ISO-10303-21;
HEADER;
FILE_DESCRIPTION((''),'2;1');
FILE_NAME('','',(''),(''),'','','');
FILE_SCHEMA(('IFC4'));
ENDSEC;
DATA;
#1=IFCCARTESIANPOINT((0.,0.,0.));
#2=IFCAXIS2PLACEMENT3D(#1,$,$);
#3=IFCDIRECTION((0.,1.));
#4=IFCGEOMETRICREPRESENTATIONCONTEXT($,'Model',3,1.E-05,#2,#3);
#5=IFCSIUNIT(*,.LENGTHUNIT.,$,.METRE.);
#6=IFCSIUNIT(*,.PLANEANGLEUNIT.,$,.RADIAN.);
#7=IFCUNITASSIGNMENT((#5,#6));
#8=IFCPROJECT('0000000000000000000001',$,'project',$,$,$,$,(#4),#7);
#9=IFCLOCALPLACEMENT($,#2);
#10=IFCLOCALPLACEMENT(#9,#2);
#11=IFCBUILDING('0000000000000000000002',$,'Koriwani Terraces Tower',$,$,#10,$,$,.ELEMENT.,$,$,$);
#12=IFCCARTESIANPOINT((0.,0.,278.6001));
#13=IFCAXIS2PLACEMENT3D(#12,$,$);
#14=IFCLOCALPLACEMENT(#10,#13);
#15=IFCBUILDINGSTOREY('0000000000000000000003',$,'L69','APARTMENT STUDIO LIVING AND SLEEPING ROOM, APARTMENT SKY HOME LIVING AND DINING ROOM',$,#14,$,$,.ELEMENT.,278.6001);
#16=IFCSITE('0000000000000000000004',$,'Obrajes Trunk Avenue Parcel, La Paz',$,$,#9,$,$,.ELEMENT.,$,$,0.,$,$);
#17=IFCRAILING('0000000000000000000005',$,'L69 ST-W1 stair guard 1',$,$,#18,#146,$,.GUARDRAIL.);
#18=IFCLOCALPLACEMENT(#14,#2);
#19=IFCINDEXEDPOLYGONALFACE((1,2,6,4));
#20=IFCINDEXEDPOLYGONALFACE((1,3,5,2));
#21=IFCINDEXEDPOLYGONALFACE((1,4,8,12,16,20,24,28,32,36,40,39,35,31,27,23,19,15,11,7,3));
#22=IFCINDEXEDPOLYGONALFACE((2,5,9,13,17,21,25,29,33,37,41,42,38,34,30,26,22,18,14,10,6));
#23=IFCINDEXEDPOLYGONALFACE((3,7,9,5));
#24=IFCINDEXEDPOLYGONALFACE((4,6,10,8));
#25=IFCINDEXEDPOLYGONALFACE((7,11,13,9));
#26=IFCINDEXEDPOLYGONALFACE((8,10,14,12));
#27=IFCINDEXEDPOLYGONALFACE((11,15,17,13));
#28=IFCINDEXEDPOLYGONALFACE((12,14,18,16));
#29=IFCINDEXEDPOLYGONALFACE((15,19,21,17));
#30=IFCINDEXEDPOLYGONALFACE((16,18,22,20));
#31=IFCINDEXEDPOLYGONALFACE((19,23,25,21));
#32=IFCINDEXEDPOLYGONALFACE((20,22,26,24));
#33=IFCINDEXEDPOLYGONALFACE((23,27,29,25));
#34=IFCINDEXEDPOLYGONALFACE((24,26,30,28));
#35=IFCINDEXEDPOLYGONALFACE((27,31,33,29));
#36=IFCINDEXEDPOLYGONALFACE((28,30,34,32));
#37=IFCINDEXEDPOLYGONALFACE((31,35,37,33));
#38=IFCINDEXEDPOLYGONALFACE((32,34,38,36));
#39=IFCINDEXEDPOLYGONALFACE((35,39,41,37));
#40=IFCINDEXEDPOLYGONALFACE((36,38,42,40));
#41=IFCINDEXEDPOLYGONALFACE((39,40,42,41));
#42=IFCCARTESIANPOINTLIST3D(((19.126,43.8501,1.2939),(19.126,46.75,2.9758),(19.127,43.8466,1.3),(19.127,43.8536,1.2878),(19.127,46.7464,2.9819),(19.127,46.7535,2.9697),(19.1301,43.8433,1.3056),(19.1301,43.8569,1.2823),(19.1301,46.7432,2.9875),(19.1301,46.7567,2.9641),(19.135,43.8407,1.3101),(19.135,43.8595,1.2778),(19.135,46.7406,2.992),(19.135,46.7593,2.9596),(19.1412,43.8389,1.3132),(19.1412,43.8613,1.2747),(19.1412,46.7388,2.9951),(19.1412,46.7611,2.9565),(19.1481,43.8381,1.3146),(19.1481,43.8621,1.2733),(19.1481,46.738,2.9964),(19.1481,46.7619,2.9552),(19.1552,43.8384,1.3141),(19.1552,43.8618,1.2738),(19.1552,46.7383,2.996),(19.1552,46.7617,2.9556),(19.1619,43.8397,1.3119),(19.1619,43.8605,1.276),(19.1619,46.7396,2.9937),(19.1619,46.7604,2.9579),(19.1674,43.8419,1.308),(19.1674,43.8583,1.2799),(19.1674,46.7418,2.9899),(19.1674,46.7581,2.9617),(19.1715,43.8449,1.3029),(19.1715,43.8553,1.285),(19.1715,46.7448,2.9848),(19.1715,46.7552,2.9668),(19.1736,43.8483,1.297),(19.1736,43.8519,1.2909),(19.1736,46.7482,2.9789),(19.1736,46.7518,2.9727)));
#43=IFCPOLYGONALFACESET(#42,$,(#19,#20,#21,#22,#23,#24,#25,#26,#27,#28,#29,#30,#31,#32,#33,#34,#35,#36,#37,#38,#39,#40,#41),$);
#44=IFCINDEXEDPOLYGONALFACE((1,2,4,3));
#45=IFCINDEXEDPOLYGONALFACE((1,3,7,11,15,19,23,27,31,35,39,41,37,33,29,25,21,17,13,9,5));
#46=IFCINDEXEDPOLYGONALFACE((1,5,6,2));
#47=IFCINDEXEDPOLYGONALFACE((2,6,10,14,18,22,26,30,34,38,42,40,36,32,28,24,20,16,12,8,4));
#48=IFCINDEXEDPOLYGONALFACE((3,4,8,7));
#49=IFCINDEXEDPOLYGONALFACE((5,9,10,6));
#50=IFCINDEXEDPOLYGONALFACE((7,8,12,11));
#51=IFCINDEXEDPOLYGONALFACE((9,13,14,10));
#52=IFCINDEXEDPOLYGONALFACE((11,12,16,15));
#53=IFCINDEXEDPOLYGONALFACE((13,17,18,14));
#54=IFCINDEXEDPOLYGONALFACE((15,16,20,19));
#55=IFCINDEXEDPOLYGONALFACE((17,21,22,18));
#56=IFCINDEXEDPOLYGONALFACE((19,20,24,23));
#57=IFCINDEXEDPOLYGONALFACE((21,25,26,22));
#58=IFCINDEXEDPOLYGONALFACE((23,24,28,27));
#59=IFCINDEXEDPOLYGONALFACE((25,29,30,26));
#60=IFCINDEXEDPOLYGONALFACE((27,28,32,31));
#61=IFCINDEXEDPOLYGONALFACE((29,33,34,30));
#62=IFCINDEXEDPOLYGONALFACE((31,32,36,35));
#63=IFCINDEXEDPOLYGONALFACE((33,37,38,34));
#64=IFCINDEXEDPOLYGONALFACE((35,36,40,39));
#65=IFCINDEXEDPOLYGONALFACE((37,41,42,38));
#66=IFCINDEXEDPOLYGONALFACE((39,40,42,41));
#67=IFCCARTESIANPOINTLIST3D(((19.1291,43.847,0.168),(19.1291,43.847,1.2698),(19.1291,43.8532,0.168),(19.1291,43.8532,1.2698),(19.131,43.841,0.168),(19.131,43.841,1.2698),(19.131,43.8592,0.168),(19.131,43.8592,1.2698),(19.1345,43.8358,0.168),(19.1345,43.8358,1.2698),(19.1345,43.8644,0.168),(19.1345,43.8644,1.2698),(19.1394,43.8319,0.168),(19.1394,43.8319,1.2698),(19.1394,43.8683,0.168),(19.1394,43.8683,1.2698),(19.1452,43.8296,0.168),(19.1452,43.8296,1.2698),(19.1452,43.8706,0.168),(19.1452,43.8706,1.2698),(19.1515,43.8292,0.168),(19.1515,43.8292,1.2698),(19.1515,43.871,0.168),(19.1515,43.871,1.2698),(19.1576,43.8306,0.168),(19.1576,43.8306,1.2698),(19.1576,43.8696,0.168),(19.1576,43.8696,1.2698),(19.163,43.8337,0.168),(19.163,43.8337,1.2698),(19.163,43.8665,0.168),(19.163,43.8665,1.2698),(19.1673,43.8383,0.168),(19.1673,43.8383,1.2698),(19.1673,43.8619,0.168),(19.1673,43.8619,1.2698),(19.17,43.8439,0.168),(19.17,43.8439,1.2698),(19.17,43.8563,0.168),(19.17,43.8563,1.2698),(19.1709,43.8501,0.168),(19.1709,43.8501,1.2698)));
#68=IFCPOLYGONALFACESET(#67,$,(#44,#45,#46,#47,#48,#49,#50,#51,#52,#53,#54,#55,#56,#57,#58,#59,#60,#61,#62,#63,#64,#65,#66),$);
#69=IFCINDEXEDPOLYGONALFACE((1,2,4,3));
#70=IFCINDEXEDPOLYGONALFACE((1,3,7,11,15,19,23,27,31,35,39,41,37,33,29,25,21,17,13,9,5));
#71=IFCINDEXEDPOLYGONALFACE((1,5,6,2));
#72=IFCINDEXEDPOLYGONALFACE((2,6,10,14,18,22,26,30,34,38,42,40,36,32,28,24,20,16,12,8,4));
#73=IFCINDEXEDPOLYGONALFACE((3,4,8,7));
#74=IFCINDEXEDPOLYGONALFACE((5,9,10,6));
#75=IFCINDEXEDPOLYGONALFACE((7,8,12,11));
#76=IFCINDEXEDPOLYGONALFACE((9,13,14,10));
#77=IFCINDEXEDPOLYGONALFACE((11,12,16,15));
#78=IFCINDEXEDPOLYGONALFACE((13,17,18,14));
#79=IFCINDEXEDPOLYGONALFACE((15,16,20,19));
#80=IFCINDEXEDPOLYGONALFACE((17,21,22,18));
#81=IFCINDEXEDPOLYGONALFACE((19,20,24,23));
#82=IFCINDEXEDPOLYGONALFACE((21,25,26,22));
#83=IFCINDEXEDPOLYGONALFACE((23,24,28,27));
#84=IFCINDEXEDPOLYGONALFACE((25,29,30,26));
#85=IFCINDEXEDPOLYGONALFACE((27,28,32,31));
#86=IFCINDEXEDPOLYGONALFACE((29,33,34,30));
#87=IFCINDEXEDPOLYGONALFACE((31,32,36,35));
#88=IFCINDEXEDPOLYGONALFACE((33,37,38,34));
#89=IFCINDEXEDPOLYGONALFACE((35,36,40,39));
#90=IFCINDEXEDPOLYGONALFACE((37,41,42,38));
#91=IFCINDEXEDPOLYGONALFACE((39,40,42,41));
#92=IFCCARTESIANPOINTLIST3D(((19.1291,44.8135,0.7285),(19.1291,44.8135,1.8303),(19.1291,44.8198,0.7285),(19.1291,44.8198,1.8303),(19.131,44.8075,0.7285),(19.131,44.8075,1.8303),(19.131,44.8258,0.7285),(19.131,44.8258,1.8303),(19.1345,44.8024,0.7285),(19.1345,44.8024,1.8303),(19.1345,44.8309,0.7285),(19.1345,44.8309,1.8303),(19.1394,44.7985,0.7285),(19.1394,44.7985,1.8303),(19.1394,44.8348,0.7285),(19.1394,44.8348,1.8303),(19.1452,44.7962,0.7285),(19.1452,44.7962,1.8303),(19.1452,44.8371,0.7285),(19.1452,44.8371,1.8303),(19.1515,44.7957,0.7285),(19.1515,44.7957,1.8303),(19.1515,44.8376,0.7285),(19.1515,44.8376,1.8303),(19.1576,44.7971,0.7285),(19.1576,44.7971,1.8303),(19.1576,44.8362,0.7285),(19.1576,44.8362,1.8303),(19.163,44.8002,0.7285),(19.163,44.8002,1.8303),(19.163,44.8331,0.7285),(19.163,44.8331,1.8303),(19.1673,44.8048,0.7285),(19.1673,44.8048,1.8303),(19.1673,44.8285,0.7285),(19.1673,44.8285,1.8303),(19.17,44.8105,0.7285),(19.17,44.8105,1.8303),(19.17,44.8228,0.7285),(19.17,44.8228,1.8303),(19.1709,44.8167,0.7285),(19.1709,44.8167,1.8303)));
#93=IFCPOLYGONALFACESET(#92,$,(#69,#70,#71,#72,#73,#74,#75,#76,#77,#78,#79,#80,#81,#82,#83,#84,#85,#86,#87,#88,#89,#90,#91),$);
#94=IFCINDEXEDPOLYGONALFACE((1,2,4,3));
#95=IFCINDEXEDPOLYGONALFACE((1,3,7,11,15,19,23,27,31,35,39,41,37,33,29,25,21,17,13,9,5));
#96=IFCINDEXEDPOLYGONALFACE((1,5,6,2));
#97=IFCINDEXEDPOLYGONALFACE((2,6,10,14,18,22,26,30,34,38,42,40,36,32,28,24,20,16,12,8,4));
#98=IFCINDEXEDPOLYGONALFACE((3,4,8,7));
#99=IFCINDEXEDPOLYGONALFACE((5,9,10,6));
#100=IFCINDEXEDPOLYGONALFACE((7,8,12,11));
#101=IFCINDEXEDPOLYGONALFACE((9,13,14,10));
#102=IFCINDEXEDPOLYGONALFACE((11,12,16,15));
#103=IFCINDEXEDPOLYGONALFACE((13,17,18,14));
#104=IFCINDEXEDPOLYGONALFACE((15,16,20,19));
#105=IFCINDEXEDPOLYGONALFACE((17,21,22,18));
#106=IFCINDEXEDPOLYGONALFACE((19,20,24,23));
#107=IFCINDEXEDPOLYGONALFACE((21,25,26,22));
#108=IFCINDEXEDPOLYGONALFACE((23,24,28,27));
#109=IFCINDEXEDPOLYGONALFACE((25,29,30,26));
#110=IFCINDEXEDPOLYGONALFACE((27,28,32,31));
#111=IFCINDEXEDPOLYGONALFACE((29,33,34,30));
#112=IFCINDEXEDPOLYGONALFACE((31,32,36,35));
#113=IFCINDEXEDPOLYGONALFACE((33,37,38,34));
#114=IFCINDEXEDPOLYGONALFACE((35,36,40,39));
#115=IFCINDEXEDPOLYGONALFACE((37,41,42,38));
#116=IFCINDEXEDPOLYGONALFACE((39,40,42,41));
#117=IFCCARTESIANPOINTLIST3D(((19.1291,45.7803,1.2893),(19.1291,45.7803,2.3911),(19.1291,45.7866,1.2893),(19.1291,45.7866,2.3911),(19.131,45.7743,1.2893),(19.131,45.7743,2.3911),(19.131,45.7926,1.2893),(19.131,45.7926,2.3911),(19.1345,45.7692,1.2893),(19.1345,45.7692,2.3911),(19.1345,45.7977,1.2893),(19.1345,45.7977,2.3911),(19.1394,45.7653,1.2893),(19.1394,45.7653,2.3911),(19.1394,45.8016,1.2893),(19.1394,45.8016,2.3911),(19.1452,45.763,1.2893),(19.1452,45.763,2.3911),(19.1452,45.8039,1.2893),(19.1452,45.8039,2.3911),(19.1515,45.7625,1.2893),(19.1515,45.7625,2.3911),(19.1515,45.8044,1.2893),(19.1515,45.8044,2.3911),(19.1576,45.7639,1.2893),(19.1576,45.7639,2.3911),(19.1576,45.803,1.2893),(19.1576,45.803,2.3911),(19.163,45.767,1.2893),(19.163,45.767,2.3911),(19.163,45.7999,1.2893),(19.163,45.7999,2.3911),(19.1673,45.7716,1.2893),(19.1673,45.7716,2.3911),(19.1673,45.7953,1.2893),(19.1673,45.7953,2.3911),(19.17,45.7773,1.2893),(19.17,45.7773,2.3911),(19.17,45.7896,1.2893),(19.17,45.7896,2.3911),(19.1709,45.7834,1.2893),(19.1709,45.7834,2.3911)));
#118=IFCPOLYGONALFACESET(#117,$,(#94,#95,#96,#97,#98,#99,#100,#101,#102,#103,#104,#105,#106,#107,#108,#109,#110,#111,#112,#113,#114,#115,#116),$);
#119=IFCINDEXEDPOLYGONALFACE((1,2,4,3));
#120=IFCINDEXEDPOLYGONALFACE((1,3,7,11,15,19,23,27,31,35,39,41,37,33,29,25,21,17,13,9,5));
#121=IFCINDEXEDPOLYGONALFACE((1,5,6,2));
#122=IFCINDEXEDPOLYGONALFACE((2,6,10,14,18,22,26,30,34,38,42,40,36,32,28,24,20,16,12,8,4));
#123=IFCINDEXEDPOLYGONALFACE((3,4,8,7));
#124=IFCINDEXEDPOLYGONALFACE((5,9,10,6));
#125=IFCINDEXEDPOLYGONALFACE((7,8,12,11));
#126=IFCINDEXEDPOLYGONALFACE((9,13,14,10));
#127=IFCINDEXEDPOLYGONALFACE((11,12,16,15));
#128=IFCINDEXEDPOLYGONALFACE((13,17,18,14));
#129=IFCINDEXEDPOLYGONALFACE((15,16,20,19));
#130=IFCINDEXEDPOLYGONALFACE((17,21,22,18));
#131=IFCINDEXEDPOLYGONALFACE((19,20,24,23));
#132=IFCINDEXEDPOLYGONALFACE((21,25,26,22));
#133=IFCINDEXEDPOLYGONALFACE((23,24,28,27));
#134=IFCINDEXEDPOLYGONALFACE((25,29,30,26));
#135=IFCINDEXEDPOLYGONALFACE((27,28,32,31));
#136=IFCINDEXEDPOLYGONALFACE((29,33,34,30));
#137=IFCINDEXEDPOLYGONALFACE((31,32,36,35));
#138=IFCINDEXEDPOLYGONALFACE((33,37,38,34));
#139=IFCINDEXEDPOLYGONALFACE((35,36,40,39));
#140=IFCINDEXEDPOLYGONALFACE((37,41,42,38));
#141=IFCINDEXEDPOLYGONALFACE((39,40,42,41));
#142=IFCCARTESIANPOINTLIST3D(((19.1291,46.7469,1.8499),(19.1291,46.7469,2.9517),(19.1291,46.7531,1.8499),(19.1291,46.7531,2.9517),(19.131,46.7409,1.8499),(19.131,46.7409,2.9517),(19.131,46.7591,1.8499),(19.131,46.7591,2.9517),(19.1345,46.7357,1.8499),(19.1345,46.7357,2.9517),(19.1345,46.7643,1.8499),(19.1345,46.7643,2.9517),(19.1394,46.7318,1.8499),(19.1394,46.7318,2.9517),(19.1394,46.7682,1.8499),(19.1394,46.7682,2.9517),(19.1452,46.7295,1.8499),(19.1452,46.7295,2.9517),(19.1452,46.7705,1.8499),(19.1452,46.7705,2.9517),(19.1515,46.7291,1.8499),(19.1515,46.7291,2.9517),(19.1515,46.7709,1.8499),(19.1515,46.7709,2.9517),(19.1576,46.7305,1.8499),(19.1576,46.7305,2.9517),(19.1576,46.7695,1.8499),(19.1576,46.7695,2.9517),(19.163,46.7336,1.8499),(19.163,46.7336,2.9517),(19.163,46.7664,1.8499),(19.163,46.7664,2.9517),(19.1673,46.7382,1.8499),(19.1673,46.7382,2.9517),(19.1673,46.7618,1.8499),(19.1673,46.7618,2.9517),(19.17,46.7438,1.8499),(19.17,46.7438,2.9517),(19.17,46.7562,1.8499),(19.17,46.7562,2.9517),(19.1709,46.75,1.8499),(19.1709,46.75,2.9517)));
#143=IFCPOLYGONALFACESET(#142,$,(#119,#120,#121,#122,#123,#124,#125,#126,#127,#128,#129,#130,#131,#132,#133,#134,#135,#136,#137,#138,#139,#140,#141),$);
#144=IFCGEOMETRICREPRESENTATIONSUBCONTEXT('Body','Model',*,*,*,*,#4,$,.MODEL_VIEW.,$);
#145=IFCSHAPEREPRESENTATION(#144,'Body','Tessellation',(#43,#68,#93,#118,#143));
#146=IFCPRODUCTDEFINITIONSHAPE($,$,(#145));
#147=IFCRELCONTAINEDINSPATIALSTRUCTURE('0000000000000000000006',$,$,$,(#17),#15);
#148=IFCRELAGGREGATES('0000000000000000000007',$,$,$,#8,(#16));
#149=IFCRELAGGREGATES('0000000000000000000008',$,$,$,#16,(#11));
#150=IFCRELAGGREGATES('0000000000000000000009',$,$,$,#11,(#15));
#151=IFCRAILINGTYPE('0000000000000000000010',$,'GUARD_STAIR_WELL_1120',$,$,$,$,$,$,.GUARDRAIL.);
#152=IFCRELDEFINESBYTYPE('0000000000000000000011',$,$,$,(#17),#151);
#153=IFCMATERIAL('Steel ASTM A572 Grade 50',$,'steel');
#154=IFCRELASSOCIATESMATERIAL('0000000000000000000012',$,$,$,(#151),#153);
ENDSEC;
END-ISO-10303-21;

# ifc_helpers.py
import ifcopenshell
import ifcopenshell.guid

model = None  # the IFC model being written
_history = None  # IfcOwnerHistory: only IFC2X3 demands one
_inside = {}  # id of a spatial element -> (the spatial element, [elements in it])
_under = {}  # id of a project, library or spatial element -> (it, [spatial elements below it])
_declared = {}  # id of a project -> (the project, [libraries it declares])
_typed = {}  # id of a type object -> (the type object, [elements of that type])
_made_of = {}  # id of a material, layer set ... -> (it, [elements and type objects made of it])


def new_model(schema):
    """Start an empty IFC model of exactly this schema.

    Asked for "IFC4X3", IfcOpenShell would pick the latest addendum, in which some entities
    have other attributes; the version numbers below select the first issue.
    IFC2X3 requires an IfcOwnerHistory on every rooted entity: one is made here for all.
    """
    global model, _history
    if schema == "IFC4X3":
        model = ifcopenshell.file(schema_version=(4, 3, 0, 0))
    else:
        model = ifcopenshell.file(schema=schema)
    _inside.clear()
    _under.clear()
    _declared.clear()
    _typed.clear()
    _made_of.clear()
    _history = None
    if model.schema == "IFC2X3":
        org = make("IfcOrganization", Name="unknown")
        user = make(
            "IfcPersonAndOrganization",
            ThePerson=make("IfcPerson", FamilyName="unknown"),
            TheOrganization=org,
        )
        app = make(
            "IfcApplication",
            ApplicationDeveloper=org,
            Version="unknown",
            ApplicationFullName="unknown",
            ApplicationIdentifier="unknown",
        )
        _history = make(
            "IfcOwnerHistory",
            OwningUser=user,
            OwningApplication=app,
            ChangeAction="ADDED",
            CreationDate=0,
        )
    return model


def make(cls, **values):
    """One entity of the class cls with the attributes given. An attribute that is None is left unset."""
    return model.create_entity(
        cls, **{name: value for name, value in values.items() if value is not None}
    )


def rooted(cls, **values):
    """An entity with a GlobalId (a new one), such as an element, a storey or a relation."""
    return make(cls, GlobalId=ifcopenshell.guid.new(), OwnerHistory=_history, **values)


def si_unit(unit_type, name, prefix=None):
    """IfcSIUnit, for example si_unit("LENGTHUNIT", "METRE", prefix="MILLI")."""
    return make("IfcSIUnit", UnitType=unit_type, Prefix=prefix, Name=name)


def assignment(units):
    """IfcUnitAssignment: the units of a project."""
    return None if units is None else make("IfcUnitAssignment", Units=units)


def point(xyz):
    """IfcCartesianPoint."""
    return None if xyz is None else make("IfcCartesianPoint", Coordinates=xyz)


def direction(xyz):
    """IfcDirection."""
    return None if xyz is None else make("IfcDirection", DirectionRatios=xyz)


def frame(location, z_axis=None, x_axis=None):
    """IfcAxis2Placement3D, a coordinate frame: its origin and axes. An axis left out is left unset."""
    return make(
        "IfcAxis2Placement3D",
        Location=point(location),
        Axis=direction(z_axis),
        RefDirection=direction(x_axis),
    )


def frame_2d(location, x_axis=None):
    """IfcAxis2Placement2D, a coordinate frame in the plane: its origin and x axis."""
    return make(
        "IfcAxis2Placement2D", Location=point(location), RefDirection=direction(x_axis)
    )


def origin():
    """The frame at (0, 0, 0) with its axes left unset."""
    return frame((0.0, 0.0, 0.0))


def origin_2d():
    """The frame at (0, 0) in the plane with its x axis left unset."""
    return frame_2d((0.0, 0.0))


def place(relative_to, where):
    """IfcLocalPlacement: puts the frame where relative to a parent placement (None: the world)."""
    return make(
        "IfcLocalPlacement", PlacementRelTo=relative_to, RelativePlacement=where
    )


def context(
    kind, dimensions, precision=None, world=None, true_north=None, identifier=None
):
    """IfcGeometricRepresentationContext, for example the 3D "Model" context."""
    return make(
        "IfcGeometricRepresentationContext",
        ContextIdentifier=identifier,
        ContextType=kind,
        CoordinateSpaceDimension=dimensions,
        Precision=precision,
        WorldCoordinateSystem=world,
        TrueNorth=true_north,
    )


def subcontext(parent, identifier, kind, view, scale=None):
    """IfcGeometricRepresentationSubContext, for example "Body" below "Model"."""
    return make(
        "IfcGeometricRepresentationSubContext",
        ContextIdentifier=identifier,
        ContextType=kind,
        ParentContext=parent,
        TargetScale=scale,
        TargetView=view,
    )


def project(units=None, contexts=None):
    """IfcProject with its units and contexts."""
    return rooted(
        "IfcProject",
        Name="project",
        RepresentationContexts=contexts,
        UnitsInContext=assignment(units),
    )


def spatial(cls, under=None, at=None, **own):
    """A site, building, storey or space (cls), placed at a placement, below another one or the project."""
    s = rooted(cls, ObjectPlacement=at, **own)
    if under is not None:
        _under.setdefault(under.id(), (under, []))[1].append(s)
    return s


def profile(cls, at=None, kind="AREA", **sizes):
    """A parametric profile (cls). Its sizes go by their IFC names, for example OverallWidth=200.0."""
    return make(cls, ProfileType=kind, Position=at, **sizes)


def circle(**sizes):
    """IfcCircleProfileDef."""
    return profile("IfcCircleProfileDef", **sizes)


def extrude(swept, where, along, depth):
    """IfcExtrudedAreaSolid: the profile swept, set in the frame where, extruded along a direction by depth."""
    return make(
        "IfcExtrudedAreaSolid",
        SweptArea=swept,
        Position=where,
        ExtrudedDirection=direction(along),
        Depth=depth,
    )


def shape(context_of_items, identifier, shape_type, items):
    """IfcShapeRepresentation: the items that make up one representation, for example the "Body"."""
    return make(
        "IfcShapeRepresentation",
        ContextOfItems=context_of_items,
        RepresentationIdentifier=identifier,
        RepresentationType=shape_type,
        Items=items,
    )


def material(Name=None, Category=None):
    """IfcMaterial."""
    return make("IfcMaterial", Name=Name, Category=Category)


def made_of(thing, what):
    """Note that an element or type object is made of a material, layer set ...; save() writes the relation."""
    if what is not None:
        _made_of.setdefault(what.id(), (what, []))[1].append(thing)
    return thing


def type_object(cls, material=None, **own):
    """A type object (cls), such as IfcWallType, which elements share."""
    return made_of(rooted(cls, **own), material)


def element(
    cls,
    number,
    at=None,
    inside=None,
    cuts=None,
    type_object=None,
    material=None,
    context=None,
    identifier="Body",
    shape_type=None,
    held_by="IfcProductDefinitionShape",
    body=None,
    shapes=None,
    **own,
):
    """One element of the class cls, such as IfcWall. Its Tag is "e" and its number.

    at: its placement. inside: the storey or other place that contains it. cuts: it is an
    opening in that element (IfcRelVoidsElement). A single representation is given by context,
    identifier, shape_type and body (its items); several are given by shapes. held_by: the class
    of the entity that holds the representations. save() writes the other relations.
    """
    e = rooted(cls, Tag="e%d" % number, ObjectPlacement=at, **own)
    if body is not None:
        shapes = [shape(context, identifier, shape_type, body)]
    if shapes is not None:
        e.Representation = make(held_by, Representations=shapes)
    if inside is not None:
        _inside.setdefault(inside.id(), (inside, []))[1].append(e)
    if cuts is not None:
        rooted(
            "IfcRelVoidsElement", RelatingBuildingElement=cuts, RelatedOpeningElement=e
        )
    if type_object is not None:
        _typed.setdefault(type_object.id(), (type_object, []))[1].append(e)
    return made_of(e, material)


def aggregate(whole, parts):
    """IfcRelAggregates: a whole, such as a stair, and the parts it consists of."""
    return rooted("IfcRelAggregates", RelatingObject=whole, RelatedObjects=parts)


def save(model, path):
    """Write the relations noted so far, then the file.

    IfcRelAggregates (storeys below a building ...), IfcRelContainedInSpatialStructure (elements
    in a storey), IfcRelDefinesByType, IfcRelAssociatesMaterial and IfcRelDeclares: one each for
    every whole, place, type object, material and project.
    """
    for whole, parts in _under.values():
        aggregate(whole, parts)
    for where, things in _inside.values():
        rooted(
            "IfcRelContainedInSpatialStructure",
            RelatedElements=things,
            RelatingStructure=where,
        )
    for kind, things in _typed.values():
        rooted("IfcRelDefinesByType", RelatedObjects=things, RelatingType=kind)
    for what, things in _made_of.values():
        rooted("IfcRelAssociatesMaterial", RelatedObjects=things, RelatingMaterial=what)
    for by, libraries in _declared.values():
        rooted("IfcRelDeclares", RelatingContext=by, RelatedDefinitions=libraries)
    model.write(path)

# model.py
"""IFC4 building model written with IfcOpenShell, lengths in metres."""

from ifc_helpers import new_model, si_unit, direction, frame, origin, origin_2d, place, context, subcontext, project, spatial, circle, extrude, material, type_object, element, save


model = new_model("IFC4")

# Units and contexts
model_context = context("Model", 3, precision=1e-05, world=origin(), true_north=direction((0.0, 1.0)))
body_context = subcontext(model_context, "Body", "Model", "MODEL_VIEW")
ifc_project = project(units=[si_unit("LENGTHUNIT", "METRE"), si_unit("PLANEANGLEUNIT", "RADIAN")], contexts=[model_context])

# Site, building, storey
site_placement = place(None, origin())
site = spatial("IfcSite", under=ifc_project, at=site_placement, Name="Obrajes Trunk Avenue Parcel, La Paz", CompositionType="ELEMENT", RefElevation=0.0)
building_placement = place(site_placement, origin())
building = spatial("IfcBuilding", under=site, at=building_placement, Name="Koriwani Terraces Tower", CompositionType="ELEMENT")
storey_placement = place(building_placement, frame((0.0, 0.0, 278.6001)))
storey = spatial("IfcBuildingStorey", under=building, at=storey_placement, Name="L69", Description="APARTMENT STUDIO LIVING AND SLEEPING ROOM, APARTMENT SKY HOME LIVING AND DINING ROOM", CompositionType="ELEMENT", Elevation=278.6001)

# Shared definitions
ifc_material_1 = material(Name="Steel ASTM A572 Grade 50", Category="steel")

# Railing
railing_type_1 = type_object("IfcRailingType", Name="GUARD_STAIR_WELL_1120", PredefinedType="GUARDRAIL", material=ifc_material_1)
railing_1_placement = place(storey_placement, frame((19.1499, 43.8501, 0.168)))
element("IfcRailing", 1, at=railing_1_placement, inside=storey, type_object=railing_type_1, Name="L69 ST-W1 stair guard 1", PredefinedType="GUARDRAIL", context=body_context, shape_type="SweptSolid", body=[
    extrude(circle(Radius=0.0239, at=origin_2d()), frame((0.0, 0.0, 1.126), z_axis=(0.0, 0.865039, 0.501705), x_axis=(-1.0, 0.0, 0.0)), (0.0, 0.0, 1.0), 3.3523),
    extrude(circle(Radius=0.021, at=origin_2d()), origin(), (0.0, 0.0, 1.0), 1.1018),
    extrude(circle(Radius=0.021, at=origin_2d()), frame((0.0, 0.9666, 0.5605)), (0.0, 0.0, 1.0), 1.1018),
    extrude(circle(Radius=0.021, at=origin_2d()), frame((0.0, 1.9333, 1.1213)), (0.0, 0.0, 1.0), 1.1018),
    extrude(circle(Radius=0.021, at=origin_2d()), frame((0.0, 2.8999, 1.6819)), (0.0, 0.0, 1.0), 1.1018),
])

save(model, "model.ifc")
